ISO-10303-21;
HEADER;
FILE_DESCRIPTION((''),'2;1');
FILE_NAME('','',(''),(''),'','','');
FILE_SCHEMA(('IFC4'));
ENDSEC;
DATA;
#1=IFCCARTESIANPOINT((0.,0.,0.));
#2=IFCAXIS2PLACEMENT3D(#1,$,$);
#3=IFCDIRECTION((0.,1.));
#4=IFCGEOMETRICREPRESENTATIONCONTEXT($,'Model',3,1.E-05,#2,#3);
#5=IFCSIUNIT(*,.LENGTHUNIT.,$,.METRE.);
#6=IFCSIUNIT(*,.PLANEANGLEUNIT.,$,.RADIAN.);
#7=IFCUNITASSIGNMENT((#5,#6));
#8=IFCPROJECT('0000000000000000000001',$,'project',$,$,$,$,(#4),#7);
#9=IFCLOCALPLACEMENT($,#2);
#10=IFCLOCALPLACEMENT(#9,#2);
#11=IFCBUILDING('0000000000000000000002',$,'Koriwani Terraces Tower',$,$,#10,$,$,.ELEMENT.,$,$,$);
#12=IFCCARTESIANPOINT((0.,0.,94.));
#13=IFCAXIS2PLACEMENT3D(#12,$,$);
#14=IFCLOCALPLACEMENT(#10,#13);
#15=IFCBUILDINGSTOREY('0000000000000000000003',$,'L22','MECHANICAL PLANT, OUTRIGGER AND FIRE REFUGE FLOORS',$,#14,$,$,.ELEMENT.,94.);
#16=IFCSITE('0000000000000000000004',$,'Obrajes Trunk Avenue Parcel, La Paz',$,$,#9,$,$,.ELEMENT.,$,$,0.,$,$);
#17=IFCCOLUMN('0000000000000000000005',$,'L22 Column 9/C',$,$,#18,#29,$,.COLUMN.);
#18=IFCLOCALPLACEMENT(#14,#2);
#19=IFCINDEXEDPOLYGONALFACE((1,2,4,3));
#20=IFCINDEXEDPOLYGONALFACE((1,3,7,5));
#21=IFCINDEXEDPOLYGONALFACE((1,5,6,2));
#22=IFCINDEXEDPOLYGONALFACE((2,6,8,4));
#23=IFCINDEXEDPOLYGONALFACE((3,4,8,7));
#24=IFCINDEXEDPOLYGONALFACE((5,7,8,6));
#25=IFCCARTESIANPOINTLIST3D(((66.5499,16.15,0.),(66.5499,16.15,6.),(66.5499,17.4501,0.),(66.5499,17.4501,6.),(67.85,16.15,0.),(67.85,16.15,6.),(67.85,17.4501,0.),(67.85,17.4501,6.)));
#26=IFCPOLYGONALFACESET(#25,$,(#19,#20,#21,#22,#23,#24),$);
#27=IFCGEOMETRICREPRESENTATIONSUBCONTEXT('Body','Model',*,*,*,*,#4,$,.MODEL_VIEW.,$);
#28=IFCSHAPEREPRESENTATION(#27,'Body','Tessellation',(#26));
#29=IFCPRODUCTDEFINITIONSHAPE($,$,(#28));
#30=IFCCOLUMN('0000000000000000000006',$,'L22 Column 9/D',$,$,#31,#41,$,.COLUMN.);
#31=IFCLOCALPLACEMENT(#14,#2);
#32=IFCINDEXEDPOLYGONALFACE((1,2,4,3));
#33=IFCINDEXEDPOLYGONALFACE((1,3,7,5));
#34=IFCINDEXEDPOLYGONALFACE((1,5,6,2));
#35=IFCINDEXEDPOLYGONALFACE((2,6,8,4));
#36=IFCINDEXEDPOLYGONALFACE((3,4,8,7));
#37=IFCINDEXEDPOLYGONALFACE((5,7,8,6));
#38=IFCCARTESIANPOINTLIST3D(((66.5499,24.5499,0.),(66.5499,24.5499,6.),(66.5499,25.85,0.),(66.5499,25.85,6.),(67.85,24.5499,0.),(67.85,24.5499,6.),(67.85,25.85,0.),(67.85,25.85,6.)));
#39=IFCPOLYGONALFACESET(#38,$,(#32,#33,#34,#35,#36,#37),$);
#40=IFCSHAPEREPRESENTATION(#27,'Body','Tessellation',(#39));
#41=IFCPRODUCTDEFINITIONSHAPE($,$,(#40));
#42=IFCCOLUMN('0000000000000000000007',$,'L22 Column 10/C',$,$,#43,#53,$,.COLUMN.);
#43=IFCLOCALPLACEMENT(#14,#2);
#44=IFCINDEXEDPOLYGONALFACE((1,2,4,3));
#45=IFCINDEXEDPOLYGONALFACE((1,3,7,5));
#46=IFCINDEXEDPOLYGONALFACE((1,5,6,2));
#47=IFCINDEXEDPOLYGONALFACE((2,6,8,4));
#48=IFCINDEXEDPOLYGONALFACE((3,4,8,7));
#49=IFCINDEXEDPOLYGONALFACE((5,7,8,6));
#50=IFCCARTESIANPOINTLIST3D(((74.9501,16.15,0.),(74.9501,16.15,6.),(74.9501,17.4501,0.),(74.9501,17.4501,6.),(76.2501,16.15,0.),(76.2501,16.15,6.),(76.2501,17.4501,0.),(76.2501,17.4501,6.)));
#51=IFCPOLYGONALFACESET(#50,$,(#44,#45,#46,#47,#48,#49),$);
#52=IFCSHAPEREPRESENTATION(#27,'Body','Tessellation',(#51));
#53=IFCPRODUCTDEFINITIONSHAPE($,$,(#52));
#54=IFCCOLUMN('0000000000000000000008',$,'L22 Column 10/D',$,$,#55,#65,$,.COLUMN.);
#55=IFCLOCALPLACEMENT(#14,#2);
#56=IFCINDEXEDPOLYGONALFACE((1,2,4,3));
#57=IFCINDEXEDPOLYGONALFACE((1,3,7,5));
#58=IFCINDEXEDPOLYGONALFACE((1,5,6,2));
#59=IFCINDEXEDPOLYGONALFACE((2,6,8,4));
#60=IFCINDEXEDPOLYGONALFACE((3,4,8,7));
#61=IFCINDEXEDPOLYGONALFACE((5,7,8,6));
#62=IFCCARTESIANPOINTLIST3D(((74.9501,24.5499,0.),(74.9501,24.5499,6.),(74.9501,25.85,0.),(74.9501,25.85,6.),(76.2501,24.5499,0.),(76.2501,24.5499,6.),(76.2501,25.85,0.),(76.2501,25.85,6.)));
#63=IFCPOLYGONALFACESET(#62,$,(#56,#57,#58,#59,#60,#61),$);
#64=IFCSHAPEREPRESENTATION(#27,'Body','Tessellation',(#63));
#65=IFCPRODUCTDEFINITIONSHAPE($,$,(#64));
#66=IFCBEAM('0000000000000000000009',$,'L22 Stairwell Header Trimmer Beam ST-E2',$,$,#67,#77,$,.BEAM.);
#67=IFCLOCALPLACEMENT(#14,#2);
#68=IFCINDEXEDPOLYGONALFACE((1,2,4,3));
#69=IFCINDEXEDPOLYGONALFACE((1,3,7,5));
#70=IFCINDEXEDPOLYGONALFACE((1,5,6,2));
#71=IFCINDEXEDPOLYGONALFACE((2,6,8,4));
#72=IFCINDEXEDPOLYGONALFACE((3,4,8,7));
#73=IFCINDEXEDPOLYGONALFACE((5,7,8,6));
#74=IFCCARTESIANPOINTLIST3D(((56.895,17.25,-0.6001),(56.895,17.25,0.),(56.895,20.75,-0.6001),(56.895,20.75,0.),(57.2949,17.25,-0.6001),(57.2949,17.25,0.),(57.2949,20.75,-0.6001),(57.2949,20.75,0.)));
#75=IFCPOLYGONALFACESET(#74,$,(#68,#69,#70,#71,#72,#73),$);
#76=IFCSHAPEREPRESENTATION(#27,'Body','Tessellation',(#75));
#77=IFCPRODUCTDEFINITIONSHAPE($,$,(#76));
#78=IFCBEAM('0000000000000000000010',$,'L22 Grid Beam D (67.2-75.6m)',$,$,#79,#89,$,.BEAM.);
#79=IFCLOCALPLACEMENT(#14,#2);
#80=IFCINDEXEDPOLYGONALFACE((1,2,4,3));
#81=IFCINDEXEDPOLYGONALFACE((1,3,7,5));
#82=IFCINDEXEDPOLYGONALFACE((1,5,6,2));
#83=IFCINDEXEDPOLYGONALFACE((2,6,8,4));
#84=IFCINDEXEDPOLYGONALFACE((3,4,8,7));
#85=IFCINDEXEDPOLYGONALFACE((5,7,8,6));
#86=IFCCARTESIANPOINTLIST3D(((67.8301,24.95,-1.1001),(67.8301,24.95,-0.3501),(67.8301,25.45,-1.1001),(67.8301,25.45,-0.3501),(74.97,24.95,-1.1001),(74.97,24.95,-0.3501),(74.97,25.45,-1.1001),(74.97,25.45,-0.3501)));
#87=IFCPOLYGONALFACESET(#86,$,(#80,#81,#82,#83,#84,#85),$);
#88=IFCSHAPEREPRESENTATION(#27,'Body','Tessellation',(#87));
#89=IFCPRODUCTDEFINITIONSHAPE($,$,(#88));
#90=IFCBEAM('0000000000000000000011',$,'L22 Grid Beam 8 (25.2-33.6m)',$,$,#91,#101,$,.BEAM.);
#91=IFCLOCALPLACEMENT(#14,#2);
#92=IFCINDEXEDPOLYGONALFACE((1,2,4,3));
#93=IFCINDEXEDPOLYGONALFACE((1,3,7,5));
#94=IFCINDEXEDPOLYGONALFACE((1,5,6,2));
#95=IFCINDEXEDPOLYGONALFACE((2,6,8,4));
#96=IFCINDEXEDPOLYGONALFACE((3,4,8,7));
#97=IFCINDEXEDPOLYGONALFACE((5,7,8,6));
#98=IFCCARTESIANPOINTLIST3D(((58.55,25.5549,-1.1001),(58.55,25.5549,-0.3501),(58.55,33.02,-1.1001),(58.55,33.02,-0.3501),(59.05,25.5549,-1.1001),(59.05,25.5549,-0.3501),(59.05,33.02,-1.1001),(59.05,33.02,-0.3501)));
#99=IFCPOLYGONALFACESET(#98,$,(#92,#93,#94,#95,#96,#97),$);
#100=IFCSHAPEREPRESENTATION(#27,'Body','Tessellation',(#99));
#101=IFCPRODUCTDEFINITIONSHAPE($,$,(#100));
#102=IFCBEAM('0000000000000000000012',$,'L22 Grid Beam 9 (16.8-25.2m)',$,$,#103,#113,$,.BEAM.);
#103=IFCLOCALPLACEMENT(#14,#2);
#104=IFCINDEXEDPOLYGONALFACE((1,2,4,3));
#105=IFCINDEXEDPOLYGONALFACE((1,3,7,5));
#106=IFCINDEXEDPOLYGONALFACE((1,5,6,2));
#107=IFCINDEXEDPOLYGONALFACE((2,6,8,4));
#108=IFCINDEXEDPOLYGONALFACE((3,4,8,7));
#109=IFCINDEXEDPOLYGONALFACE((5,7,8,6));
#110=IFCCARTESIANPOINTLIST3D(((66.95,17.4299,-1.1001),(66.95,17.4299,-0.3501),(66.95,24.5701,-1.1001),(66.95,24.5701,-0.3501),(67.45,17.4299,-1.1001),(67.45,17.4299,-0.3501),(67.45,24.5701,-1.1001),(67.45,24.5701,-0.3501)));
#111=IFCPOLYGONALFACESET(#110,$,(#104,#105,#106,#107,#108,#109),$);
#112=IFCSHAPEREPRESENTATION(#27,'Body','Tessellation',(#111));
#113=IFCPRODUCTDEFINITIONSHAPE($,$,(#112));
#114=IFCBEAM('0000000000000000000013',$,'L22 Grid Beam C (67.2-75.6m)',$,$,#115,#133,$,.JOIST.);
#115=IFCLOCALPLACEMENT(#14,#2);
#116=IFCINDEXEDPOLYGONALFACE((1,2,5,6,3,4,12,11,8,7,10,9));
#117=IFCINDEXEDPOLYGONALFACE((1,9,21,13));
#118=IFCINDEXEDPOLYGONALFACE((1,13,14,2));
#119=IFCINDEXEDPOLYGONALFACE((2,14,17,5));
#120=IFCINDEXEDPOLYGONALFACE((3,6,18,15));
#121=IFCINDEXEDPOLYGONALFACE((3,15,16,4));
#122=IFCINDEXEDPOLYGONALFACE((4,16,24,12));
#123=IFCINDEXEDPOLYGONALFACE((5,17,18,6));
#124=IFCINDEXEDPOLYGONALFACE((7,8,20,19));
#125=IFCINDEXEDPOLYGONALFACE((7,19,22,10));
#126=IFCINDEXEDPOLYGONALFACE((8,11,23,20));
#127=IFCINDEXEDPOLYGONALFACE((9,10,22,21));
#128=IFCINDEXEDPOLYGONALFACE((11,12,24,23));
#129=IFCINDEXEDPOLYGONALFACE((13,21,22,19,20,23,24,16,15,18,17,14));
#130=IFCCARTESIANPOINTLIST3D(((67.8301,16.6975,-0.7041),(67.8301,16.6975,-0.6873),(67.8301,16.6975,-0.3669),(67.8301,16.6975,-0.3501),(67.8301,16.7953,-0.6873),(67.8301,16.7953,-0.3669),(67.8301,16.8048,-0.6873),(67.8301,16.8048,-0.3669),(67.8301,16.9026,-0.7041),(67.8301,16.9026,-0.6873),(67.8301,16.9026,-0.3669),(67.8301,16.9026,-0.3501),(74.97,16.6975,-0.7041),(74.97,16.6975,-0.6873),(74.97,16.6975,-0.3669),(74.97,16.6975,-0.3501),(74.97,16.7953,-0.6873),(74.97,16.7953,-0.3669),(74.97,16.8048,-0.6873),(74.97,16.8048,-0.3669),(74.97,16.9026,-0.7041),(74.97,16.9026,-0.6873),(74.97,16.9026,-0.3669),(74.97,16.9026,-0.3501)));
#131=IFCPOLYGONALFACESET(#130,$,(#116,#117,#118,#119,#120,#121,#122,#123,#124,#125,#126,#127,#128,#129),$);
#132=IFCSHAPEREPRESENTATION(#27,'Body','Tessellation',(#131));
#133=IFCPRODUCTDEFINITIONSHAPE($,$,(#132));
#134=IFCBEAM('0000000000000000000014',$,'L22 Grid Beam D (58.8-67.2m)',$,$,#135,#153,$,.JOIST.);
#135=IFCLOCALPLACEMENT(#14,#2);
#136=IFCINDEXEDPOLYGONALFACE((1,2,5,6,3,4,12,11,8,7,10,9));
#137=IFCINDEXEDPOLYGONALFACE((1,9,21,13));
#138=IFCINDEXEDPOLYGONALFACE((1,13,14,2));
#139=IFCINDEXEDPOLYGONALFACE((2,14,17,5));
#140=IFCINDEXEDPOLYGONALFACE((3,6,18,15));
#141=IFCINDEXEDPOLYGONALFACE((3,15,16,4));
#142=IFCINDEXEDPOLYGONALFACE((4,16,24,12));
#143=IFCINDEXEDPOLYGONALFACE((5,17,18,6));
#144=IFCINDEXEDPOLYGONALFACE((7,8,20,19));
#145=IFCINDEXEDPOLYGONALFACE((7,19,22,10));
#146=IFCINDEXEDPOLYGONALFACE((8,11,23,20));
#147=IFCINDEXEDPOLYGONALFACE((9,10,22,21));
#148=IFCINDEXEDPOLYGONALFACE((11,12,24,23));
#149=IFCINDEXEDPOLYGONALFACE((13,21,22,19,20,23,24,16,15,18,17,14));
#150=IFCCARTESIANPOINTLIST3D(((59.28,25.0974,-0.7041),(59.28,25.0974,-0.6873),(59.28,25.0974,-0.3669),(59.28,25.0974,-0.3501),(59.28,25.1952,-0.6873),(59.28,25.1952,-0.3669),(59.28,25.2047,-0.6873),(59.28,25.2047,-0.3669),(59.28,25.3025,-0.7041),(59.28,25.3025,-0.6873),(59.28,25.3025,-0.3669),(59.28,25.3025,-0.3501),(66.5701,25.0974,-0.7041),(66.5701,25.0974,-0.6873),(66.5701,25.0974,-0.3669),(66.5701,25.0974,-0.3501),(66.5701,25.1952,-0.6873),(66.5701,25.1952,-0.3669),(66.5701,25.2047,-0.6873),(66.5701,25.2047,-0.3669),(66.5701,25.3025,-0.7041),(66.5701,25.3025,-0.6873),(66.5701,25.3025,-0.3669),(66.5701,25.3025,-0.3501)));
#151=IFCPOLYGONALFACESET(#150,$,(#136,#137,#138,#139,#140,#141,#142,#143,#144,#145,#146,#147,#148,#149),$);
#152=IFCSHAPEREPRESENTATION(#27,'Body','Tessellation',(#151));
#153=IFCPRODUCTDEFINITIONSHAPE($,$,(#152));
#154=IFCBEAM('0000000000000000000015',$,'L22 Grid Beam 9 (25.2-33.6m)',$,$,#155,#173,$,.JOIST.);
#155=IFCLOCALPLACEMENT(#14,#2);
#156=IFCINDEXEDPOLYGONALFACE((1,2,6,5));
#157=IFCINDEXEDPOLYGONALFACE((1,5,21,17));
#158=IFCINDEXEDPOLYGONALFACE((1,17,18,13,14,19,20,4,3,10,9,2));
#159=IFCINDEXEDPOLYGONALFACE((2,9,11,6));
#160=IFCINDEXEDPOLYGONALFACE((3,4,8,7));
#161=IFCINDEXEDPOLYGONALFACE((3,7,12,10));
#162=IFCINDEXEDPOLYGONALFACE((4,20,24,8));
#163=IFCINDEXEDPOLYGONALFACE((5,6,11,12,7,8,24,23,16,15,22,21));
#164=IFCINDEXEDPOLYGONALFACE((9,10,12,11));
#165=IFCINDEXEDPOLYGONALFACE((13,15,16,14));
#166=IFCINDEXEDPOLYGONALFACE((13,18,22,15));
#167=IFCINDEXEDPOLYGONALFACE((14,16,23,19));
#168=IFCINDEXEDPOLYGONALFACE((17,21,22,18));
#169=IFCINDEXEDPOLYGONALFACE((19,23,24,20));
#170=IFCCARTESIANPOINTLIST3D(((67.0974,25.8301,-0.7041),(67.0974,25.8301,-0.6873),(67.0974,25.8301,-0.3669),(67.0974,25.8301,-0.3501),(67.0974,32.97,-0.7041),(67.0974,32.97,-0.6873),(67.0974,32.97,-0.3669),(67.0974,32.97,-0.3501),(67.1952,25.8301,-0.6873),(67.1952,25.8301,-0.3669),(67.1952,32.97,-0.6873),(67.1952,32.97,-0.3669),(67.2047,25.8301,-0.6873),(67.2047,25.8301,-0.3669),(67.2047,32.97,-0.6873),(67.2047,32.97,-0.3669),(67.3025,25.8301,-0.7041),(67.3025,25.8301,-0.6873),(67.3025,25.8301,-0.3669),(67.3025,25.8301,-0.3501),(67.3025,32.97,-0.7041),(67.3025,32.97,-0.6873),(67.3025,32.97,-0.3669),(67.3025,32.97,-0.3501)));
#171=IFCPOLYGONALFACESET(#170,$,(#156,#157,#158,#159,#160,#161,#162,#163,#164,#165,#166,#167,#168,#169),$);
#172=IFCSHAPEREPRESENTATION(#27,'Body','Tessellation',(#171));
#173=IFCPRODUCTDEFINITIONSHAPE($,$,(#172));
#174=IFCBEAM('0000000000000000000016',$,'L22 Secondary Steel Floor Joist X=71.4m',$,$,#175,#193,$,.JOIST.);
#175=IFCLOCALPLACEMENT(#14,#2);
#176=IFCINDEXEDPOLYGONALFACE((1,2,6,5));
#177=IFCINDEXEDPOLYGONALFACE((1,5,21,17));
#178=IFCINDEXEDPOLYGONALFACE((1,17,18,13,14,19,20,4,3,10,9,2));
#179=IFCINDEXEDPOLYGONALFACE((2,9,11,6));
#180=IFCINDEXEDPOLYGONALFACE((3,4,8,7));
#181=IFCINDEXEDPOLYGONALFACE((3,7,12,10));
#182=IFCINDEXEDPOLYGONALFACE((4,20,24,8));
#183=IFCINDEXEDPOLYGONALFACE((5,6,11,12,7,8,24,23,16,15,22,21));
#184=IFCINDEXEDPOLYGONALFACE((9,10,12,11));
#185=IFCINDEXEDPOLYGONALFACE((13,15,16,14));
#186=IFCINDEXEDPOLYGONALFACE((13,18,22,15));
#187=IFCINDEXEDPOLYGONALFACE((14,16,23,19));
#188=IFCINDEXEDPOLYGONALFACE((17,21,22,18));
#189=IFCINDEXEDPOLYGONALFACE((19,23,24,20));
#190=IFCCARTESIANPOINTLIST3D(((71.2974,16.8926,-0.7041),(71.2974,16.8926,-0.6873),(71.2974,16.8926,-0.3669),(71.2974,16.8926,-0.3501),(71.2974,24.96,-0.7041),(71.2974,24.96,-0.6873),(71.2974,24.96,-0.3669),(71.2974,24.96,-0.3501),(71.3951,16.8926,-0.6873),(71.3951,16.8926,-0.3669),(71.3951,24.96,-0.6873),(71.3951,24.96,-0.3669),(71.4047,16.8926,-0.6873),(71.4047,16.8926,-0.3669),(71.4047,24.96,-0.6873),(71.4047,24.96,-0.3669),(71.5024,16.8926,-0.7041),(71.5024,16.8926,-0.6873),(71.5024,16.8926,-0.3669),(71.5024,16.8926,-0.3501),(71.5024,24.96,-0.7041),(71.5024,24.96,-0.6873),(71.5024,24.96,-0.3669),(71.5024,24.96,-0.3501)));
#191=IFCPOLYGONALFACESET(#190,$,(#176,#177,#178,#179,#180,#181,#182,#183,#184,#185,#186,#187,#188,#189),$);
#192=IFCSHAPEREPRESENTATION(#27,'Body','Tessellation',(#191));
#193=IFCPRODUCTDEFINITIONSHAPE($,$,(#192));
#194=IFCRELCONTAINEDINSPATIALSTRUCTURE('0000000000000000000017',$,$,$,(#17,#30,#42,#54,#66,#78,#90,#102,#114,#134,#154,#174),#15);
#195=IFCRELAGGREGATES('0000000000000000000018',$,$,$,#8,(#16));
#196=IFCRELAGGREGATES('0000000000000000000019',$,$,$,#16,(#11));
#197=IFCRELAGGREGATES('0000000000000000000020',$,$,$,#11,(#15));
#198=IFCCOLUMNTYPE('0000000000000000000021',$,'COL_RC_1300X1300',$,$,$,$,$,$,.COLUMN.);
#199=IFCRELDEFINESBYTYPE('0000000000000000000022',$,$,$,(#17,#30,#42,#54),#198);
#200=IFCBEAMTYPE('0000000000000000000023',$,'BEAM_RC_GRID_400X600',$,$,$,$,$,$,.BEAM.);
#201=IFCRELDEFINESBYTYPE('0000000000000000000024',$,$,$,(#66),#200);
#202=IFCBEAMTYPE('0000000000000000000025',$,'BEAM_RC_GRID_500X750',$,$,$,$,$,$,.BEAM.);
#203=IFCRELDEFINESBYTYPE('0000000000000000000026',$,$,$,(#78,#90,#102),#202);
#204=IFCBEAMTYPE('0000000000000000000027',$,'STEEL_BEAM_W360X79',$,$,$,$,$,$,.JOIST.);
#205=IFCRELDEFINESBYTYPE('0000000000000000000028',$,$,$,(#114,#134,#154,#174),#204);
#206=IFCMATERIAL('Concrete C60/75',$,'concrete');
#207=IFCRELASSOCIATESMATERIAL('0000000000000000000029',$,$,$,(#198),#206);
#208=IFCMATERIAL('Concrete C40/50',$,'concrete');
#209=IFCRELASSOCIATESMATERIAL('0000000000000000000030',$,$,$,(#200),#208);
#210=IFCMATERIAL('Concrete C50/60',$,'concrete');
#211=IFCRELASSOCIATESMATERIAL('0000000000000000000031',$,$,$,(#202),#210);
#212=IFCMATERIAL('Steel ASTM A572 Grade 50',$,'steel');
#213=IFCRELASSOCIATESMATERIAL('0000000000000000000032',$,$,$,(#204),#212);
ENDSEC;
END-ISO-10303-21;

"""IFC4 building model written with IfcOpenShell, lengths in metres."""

from ifc_helpers import new_model, si_unit, direction, frame, origin, origin_2d, place, context, subcontext, project, spatial, rectangle, i_section, extrude, material, material_profile, profile_set, type_object, element, save


model = new_model("IFC4")

# Units and contexts
model_context = context("Model", 3, precision=1e-05, world=origin(), true_north=direction((0.0, 1.0)))
body_context = subcontext(model_context, "Body", "Model", "MODEL_VIEW")
ifc_project = project(units=[si_unit("LENGTHUNIT", "METRE"), si_unit("PLANEANGLEUNIT", "RADIAN")], contexts=[model_context])

# Site, building, storey
site_placement = place(None, origin())
site = spatial("IfcSite", under=ifc_project, at=site_placement, Name="Obrajes Trunk Avenue Parcel, La Paz", CompositionType="ELEMENT", RefElevation=0.0)
building_placement = place(site_placement, origin())
building = spatial("IfcBuilding", under=site, at=building_placement, Name="Koriwani Terraces Tower", CompositionType="ELEMENT")
storey_placement = place(building_placement, frame((0.0, 0.0, 94.0)))
storey = spatial("IfcBuildingStorey", under=building, at=storey_placement, Name="L22", Description="MECHANICAL PLANT, OUTRIGGER AND FIRE REFUGE FLOORS", CompositionType="ELEMENT", Elevation=94.0)

# Columns
ifc_material_1 = material(Name="Concrete C60/75", Category="concrete")
ifc_material_profile_1 = material_profile(ifc_material_1, rectangle(XDim=1.3, YDim=1.3, at=origin_2d()), Name="Concrete C60/75", Category="LoadBearing")
ifc_profile_set_1 = profile_set([ifc_material_profile_1], Name="Concrete C60/75")
column_type = type_object("IfcColumnType", Name="COL_RC_1300X1300", PredefinedType="COLUMN", material=ifc_profile_set_1)
for number, where, z_axis, x_axis, name in (
    (1, (67.2, 16.8, 0.0), (0.0, 0.0, 1.0), (1.0, 0.0, 0.0), "L22 Column 9/C"),
    (2, (67.2, 25.2, 0.0), (0.0, 0.0, 1.0), (1.0, 0.0, 0.0), "L22 Column 9/D"),
    (3, (75.6001, 16.8, 0.0), (0.0, 0.0, 1.0), (1.0, 0.0, 0.0), "L22 Column 10/C"),
    (4, (75.6001, 25.2, 0.0), (0.0, 0.0, 1.0), (1.0, 0.0, 0.0), "L22 Column 10/D"),
):
    element("IfcColumn", number, at=place(storey_placement, frame(where, z_axis=z_axis, x_axis=x_axis)), inside=storey, type_object=column_type, Name=name, PredefinedType="COLUMN", context=body_context, shape_type="SweptSolid", body=[
        extrude(rectangle(XDim=1.3, YDim=1.3, at=origin_2d()), origin(), (0.0, 0.0, 1.0), 6.0),
    ])

# Beams
ifc_material_2 = material(Name="Concrete C40/50", Category="concrete")
ifc_material_profile_2 = material_profile(ifc_material_2, rectangle(XDim=0.3999, YDim=0.6001, at=origin_2d()), Name="Concrete C40/50", Category="LoadBearing")
ifc_profile_set_2 = profile_set([ifc_material_profile_2], Name="Concrete C40/50")
beam_type_1 = type_object("IfcBeamType", Name="BEAM_RC_GRID_400X600", PredefinedType="BEAM", material=ifc_profile_set_2)
beam_1_placement = place(storey_placement, frame((57.095, 17.25, -0.3), z_axis=(0.0, 1.0, 0.0), x_axis=(-1.0, 0.0, 0.0)))
element("IfcBeam", 5, at=beam_1_placement, inside=storey, type_object=beam_type_1, Name="L22 Stairwell Header Trimmer Beam ST-E2", PredefinedType="BEAM", context=body_context, shape_type="SweptSolid", body=[
    extrude(rectangle(XDim=0.3999, YDim=0.6001, at=origin_2d()), origin(), (0.0, 0.0, 1.0), 3.5),
])
ifc_material_3 = material(Name="Concrete C50/60", Category="concrete")
ifc_material_profile_3 = material_profile(ifc_material_3, rectangle(XDim=0.5, YDim=0.75, at=origin_2d()), Name="Concrete C50/60", Category="LoadBearing")
ifc_profile_set_3 = profile_set([ifc_material_profile_3], Name="Concrete C50/60")
beam_type_2 = type_object("IfcBeamType", Name="BEAM_RC_GRID_500X750", PredefinedType="BEAM", material=ifc_profile_set_3)
beam_2_placement = place(storey_placement, frame((67.8301, 25.2, -0.7251), z_axis=(1.0, 0.0, 0.0), x_axis=(0.0, 1.0, 0.0)))
element("IfcBeam", 6, at=beam_2_placement, inside=storey, type_object=beam_type_2, Name="L22 Grid Beam D (67.2-75.6m)", PredefinedType="BEAM", context=body_context, shape_type="SweptSolid", body=[
    extrude(rectangle(XDim=0.5, YDim=0.75, at=origin_2d()), origin(), (0.0, 0.0, 1.0), 7.1399),
])
beam_3_placement = place(storey_placement, frame((58.8, 25.5549, -0.7251), z_axis=(0.0, 1.0, 0.0), x_axis=(-1.0, 0.0, 0.0)))
element("IfcBeam", 7, at=beam_3_placement, inside=storey, type_object=beam_type_2, Name="L22 Grid Beam 8 (25.2-33.6m)", PredefinedType="BEAM", context=body_context, shape_type="SweptSolid", body=[
    extrude(rectangle(XDim=0.5, YDim=0.75, at=origin_2d()), origin(), (0.0, 0.0, 1.0), 7.4651),
])
beam_4_placement = place(storey_placement, frame((67.2, 17.4299, -0.7251), z_axis=(0.0, 1.0, 0.0), x_axis=(-1.0, 0.0, 0.0)))
element("IfcBeam", 8, at=beam_4_placement, inside=storey, type_object=beam_type_2, Name="L22 Grid Beam 9 (16.8-25.2m)", PredefinedType="BEAM", context=body_context, shape_type="SweptSolid", body=[
    extrude(rectangle(XDim=0.5, YDim=0.75, at=origin_2d()), origin(), (0.0, 0.0, 1.0), 7.1401),
])
ifc_material_4 = material(Name="Steel ASTM A572 Grade 50", Category="steel")
ifc_material_profile_4 = material_profile(ifc_material_4, i_section(OverallWidth=0.2051, OverallDepth=0.354, WebThickness=0.0095, FlangeThickness=0.0168, at=origin_2d()), Name="Steel ASTM A572 Grade 50", Category="LoadBearing")
ifc_profile_set_4 = profile_set([ifc_material_profile_4], Name="Steel ASTM A572 Grade 50")
beam_type_3 = type_object("IfcBeamType", Name="STEEL_BEAM_W360X79", PredefinedType="JOIST", material=ifc_profile_set_4)
beam_5_placement = place(storey_placement, frame((67.8301, 16.8, -0.5271), z_axis=(1.0, 0.0, 0.0), x_axis=(0.0, 1.0, 0.0)))
element("IfcBeam", 9, at=beam_5_placement, inside=storey, type_object=beam_type_3, Name="L22 Grid Beam C (67.2-75.6m)", PredefinedType="JOIST", context=body_context, shape_type="SweptSolid", body=[
    extrude(i_section(OverallWidth=0.2051, OverallDepth=0.354, WebThickness=0.0095, FlangeThickness=0.0168, at=origin_2d()), origin(), (0.0, 0.0, 1.0), 7.1399),
])
beam_6_placement = place(storey_placement, frame((59.28, 25.2, -0.5271), z_axis=(1.0, 0.0, 0.0), x_axis=(0.0, 1.0, 0.0)))
element("IfcBeam", 10, at=beam_6_placement, inside=storey, type_object=beam_type_3, Name="L22 Grid Beam D (58.8-67.2m)", PredefinedType="JOIST", context=body_context, shape_type="SweptSolid", body=[
    extrude(i_section(OverallWidth=0.2051, OverallDepth=0.354, WebThickness=0.0095, FlangeThickness=0.0168, at=origin_2d()), origin(), (0.0, 0.0, 1.0), 7.29),
])
beam_7_placement = place(storey_placement, frame((67.2, 25.8301, -0.5271), z_axis=(0.0, 1.0, 0.0), x_axis=(-1.0, 0.0, 0.0)))
element("IfcBeam", 11, at=beam_7_placement, inside=storey, type_object=beam_type_3, Name="L22 Grid Beam 9 (25.2-33.6m)", PredefinedType="JOIST", context=body_context, shape_type="SweptSolid", body=[
    extrude(i_section(OverallWidth=0.2051, OverallDepth=0.354, WebThickness=0.0095, FlangeThickness=0.0168, at=origin_2d()), origin(), (0.0, 0.0, 1.0), 7.1399),
])
beam_8_placement = place(storey_placement, frame((71.3999, 16.8926, -0.5271), z_axis=(0.0, 1.0, 0.0), x_axis=(-1.0, 0.0, 0.0)))
element("IfcBeam", 12, at=beam_8_placement, inside=storey, type_object=beam_type_3, Name="L22 Secondary Steel Floor Joist X=71.4m", PredefinedType="JOIST", context=body_context, shape_type="SweptSolid", body=[
    extrude(i_section(OverallWidth=0.2051, OverallDepth=0.354, WebThickness=0.0095, FlangeThickness=0.0168, at=origin_2d()), origin(), (0.0, 0.0, 1.0), 8.0674),
])

save(model, "model.ifc")
